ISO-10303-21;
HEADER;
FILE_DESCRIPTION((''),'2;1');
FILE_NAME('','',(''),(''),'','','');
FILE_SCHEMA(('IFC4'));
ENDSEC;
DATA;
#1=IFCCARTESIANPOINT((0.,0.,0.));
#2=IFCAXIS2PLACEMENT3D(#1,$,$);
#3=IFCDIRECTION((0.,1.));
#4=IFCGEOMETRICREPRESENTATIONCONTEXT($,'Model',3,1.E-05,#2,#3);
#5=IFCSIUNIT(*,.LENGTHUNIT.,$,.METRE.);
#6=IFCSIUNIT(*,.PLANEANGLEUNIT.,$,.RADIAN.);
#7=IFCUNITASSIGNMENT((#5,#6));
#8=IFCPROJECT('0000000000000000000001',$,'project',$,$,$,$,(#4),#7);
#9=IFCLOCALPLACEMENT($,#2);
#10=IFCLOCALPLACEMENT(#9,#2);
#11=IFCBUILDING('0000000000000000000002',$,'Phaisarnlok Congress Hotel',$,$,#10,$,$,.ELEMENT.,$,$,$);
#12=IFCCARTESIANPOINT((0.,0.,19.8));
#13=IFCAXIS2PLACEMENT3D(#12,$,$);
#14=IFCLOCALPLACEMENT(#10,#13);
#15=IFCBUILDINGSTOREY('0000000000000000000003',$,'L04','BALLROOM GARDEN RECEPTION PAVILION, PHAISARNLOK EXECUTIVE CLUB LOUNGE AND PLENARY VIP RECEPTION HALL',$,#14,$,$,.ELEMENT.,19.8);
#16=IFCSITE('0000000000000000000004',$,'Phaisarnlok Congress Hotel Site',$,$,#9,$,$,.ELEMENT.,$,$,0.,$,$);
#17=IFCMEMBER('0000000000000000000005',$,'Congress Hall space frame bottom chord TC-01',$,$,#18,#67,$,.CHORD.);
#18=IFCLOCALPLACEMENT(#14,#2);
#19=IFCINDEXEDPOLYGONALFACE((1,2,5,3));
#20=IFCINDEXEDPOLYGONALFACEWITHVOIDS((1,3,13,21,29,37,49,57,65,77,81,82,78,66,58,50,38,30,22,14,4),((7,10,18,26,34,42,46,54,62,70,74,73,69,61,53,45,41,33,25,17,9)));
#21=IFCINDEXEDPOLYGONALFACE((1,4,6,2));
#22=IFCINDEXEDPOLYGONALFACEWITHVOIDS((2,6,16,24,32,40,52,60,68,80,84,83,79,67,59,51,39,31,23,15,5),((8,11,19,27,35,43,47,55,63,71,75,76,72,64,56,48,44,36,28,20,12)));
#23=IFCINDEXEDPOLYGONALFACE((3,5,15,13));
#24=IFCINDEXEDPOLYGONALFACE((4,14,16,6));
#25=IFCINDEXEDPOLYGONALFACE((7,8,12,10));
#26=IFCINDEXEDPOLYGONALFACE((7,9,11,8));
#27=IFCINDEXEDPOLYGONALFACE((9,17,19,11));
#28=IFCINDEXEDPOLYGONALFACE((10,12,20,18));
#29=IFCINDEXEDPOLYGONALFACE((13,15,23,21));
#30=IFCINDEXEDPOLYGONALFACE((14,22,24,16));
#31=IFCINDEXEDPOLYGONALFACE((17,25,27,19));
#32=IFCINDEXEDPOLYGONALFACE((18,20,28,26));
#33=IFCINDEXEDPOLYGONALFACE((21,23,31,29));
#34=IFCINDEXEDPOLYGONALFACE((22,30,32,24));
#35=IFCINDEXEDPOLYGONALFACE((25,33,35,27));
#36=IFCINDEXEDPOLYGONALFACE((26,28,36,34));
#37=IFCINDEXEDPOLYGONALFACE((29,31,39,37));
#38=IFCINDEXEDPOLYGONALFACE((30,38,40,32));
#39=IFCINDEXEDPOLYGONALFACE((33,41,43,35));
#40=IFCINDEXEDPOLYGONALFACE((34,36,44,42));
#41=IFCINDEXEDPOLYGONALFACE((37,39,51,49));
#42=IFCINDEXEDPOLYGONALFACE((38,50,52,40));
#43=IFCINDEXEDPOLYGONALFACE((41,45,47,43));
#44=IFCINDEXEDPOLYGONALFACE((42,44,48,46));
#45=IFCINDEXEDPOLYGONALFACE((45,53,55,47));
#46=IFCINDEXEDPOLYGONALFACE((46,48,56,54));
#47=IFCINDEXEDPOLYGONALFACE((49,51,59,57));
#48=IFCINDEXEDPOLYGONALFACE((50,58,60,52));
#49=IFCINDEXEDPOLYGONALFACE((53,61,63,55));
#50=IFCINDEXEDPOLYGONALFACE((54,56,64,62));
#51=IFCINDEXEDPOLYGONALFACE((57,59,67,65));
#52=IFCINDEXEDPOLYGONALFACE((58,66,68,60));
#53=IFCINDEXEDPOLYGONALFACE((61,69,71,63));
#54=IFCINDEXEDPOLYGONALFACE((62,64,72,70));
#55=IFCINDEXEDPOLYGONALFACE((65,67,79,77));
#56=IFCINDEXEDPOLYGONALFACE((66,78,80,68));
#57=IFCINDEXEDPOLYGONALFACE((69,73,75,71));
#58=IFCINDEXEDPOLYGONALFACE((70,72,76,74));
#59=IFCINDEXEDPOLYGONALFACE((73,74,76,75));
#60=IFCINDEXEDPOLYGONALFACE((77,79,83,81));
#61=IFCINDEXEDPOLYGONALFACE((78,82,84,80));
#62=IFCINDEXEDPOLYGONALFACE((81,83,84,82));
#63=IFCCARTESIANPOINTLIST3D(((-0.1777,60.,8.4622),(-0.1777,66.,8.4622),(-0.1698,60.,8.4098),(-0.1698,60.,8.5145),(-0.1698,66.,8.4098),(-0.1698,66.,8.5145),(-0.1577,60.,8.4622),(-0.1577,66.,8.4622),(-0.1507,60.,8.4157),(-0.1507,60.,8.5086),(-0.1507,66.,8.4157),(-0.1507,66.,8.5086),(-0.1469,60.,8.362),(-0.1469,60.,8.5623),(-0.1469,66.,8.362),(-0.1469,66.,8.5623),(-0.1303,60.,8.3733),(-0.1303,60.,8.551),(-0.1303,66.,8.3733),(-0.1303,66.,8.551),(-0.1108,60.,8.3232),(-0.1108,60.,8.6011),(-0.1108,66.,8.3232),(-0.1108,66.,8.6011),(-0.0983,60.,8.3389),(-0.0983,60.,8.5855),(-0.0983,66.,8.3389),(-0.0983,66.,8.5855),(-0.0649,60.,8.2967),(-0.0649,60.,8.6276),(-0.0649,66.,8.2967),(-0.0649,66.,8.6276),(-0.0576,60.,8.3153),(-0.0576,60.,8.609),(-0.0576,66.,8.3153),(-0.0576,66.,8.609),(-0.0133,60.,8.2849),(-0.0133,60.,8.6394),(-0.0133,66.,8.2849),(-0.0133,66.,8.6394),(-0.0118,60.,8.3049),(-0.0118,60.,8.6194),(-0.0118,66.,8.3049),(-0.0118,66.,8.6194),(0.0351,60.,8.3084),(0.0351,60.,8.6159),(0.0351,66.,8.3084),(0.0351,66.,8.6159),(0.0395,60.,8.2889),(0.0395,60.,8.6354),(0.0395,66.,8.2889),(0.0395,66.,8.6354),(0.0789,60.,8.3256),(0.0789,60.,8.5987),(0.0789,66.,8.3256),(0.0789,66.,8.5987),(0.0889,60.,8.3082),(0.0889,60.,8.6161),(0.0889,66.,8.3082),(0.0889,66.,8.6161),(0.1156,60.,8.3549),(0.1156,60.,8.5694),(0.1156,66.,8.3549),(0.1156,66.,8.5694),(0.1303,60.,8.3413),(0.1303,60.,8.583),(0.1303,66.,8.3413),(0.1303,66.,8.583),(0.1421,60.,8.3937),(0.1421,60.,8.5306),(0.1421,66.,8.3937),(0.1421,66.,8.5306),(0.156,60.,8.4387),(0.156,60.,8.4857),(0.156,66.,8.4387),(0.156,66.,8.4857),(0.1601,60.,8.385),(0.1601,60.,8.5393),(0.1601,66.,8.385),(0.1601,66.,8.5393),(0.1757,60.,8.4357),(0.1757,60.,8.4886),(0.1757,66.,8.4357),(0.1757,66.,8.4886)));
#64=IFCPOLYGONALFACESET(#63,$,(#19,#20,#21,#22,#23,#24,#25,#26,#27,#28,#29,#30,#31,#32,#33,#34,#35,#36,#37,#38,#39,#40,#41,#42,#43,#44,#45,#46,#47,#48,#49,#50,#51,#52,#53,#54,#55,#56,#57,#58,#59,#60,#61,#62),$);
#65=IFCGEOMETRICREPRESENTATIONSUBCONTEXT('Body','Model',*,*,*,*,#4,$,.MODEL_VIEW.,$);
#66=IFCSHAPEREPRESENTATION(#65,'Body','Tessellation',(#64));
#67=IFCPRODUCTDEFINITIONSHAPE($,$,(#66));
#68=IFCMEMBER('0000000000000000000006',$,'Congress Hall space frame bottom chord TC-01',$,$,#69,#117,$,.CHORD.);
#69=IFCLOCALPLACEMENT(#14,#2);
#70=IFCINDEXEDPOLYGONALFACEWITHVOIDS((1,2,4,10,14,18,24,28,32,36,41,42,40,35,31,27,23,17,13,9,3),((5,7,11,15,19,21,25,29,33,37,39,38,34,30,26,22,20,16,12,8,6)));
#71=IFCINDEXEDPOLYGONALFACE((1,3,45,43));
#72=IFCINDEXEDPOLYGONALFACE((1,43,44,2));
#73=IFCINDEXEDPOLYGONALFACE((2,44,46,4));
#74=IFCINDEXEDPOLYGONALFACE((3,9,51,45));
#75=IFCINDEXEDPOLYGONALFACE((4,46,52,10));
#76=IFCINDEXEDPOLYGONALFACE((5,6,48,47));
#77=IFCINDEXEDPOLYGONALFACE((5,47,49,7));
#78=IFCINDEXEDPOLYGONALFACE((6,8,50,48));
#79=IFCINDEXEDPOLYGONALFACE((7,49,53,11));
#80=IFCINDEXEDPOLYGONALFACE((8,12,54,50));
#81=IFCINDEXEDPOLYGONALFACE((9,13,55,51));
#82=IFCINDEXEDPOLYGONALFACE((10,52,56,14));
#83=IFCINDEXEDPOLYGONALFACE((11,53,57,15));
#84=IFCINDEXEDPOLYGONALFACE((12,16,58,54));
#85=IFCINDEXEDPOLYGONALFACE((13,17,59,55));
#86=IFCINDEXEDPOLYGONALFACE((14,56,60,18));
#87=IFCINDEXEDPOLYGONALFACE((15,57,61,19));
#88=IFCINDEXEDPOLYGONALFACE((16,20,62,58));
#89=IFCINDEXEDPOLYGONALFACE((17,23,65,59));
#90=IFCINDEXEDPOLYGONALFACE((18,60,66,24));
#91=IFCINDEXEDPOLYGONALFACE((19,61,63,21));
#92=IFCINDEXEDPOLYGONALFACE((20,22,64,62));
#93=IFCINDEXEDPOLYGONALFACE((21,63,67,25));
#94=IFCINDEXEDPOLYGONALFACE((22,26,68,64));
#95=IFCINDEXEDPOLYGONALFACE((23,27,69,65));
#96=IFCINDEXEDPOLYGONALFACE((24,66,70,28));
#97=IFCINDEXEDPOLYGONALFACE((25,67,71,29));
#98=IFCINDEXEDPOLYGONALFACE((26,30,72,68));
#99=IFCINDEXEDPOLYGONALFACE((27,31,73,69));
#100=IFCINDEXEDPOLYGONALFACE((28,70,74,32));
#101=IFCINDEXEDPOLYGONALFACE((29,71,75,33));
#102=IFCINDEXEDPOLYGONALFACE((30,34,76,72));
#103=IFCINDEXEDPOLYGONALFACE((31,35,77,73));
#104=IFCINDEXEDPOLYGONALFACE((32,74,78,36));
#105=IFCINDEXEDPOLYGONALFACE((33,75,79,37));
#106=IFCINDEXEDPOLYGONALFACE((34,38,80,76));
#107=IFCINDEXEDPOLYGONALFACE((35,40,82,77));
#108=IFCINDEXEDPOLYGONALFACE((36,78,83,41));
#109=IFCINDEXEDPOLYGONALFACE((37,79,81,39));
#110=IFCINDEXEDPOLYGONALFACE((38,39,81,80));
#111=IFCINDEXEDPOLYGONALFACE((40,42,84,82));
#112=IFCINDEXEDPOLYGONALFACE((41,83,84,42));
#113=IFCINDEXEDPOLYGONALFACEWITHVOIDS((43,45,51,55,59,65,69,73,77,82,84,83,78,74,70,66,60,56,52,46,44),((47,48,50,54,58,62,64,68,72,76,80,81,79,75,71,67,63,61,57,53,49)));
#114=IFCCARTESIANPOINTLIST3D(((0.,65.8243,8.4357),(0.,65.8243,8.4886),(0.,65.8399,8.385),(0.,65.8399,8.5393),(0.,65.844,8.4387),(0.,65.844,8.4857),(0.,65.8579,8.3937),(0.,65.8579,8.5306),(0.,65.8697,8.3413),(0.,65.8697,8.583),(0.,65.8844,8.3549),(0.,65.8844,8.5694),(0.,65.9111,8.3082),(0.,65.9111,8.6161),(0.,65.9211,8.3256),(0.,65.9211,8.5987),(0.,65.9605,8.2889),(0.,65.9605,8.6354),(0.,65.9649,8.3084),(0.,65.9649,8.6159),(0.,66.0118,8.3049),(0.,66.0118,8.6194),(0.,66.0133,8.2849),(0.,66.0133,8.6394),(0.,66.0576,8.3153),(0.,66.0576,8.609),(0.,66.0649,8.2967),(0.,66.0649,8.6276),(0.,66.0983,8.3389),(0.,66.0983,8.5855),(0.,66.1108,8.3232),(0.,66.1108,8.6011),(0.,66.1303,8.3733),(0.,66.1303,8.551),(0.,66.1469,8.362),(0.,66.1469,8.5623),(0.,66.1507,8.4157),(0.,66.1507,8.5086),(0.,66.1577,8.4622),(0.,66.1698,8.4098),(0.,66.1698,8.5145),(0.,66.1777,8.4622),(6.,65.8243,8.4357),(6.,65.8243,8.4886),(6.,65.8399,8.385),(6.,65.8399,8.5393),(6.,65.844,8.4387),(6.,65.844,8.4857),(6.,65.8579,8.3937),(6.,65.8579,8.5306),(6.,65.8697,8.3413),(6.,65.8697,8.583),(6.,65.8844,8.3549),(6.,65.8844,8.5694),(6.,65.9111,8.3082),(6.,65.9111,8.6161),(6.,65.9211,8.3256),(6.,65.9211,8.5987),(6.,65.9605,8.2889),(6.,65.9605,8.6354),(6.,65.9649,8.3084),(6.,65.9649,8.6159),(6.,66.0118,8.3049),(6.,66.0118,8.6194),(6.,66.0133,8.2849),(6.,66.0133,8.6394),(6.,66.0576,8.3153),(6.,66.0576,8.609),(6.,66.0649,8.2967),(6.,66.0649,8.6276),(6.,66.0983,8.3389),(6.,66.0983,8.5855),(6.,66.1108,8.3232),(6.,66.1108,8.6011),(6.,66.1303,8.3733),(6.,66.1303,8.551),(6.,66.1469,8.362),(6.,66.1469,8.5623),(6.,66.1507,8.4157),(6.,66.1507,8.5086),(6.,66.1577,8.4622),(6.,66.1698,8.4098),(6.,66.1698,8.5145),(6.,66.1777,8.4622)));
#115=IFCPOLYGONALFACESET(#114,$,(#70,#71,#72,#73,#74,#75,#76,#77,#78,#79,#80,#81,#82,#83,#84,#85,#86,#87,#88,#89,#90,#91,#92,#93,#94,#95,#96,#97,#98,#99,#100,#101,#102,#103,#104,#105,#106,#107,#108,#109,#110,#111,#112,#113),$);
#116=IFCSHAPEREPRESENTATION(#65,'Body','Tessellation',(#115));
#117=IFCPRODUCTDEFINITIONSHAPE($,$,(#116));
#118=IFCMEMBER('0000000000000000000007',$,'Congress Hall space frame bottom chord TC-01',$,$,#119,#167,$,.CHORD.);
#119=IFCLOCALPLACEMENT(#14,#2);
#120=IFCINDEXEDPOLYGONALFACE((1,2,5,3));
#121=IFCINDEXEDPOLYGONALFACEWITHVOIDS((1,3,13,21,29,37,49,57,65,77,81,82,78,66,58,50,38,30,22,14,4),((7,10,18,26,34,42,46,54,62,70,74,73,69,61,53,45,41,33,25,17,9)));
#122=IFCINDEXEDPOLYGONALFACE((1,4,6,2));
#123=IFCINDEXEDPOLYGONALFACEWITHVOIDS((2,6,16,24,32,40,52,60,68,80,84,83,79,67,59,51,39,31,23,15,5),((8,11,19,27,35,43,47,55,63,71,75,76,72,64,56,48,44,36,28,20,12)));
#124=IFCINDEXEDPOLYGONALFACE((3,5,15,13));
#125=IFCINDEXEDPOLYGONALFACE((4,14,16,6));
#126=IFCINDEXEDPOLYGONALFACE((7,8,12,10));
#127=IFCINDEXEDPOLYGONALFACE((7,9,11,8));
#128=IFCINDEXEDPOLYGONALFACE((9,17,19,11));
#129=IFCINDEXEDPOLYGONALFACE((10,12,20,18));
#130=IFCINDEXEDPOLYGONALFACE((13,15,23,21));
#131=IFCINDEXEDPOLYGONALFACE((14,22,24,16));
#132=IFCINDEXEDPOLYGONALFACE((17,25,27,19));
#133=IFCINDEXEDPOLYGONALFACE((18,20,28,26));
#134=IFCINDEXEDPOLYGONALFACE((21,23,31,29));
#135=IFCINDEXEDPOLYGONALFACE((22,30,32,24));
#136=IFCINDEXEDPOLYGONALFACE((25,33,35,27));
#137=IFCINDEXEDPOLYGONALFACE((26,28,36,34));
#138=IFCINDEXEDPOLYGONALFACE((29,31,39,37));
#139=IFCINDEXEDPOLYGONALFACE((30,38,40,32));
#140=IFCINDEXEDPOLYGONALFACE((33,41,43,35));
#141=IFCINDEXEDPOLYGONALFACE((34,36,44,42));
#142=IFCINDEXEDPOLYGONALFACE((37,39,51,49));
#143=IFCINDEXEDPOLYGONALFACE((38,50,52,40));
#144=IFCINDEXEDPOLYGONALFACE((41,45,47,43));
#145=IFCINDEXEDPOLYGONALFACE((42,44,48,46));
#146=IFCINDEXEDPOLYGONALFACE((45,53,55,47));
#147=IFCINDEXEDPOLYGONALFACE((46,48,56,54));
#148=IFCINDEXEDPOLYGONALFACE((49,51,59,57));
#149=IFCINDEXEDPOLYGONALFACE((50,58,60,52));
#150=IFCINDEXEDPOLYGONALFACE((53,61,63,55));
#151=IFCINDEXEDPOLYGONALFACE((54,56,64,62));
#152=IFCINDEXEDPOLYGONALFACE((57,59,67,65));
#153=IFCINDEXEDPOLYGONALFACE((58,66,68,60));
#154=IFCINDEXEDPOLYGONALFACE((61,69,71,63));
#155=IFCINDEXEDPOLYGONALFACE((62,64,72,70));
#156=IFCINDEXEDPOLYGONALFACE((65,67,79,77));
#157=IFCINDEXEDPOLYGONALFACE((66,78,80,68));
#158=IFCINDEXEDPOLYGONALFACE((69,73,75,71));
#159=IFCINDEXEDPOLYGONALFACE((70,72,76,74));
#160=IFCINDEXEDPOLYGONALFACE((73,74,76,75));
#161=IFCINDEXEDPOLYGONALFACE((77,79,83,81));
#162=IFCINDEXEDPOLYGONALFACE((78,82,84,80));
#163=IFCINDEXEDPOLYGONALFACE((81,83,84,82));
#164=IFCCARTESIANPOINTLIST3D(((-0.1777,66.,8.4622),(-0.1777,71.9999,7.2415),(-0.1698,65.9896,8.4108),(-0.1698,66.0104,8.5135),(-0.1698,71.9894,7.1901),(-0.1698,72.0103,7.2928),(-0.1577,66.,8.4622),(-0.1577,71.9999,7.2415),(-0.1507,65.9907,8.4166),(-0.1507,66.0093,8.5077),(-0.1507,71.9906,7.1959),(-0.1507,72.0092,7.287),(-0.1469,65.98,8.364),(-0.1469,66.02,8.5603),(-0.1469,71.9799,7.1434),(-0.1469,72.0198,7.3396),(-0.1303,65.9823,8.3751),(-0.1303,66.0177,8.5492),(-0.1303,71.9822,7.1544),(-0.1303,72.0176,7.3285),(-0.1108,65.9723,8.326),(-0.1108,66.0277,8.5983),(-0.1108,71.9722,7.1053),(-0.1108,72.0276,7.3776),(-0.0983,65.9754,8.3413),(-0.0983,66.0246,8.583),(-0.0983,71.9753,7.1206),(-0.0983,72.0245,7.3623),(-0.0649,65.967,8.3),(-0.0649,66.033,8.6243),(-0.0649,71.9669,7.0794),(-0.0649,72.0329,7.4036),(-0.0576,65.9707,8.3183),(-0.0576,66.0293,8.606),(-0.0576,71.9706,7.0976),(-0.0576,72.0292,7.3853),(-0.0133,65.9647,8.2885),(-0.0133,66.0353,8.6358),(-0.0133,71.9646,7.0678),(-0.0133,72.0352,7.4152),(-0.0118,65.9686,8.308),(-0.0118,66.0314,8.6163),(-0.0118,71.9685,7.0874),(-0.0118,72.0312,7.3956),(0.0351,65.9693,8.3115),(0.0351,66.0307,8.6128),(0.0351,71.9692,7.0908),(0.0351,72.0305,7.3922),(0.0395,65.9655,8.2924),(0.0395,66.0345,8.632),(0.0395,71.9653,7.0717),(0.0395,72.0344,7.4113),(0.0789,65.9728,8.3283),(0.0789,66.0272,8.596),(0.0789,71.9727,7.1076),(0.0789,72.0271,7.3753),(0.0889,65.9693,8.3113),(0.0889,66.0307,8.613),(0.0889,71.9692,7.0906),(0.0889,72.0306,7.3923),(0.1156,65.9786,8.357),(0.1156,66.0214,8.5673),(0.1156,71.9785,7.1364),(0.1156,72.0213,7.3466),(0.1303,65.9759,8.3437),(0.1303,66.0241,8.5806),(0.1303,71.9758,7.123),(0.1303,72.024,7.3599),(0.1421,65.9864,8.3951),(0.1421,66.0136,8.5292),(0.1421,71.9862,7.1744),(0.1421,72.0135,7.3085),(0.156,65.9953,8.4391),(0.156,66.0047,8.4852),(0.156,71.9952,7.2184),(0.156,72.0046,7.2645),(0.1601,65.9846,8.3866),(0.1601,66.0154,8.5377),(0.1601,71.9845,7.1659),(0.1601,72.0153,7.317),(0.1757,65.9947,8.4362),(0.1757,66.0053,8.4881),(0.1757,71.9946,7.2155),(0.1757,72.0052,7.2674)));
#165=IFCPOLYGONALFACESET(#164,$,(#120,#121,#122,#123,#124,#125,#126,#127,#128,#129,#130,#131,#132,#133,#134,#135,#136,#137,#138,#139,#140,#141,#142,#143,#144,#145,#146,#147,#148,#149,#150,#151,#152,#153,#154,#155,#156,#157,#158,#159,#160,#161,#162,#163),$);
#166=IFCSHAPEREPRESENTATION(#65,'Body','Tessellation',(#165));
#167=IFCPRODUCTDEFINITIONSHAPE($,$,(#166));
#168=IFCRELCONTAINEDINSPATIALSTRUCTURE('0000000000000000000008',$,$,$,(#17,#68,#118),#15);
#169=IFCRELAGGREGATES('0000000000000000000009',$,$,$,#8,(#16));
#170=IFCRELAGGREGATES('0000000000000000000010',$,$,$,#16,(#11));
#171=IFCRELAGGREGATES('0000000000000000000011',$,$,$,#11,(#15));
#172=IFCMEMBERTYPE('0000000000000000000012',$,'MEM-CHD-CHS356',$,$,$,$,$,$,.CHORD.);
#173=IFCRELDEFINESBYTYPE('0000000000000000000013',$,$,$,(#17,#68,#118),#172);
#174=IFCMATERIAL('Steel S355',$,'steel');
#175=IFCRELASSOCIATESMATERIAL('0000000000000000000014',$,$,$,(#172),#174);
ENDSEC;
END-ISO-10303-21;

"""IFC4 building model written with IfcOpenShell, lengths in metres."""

from ifc_helpers import new_model, si_unit, direction, frame, origin, origin_2d, place, context, subcontext, project, spatial, hollow_circle, extrude, material, material_profile, profile_set, type_object, element, save


model = new_model("IFC4")

# Units and contexts
model_context = context("Model", 3, precision=1e-05, world=origin(), true_north=direction((0.0, 1.0)))
body_context = subcontext(model_context, "Body", "Model", "MODEL_VIEW")
ifc_project = project(units=[si_unit("LENGTHUNIT", "METRE"), si_unit("PLANEANGLEUNIT", "RADIAN")], contexts=[model_context])

# Site, building, storey
site_placement = place(None, origin())
site = spatial("IfcSite", under=ifc_project, at=site_placement, Name="Phaisarnlok Congress Hotel Site", CompositionType="ELEMENT", RefElevation=0.0)
building_placement = place(site_placement, origin())
building = spatial("IfcBuilding", under=site, at=building_placement, Name="Phaisarnlok Congress Hotel", CompositionType="ELEMENT")
storey_placement = place(building_placement, frame((0.0, 0.0, 19.8)))
storey = spatial("IfcBuildingStorey", under=building, at=storey_placement, Name="L04", Description="BALLROOM GARDEN RECEPTION PAVILION, PHAISARNLOK EXECUTIVE CLUB LOUNGE AND PLENARY VIP RECEPTION HALL", CompositionType="ELEMENT", Elevation=19.8)

# Members
ifc_material = material(Name="Steel S355", Category="steel")
ifc_material_profile_1 = material_profile(ifc_material, hollow_circle(Radius=0.1777, WallThickness=0.02, at=origin_2d()), Name="CHS 355.6x20")
ifc_profile_set_1 = profile_set([ifc_material_profile_1], Name="Steel S355")
member_type_1 = type_object("IfcMemberType", Name="MEM-CHD-CHS356", PredefinedType="CHORD", material=ifc_profile_set_1)
for number, where, z_axis, x_axis, name in (
    (1, (0.0, 60.0, 8.4622), (0.0, 1.0, 0.0), (-1.0, 0.0, 0.0), "Congress Hall space frame bottom chord TC-01"),
    (2, (0.0, 66.0, 8.4622), (1.0, 0.0, 0.0), (0.0, 1.0, 0.0), "Congress Hall space frame bottom chord TC-01"),
):
    element("IfcMember", number, at=place(storey_placement, frame(where, z_axis=z_axis, x_axis=x_axis)), inside=storey, type_object=member_type_1, Name=name, PredefinedType="CHORD", context=body_context, shape_type="SweptSolid", body=[
        extrude(hollow_circle(Radius=0.1777, WallThickness=0.02, at=origin_2d()), origin(), (0.0, 0.0, 1.0), 6.0),
    ])
member_1_placement = place(storey_placement, frame((0.0, 66.0, 8.4622), z_axis=(0.0, 0.979925, -0.199366), x_axis=(-1.0, 0.0, 0.0)))
element("IfcMember", 3, at=member_1_placement, inside=storey, type_object=member_type_1, Name="Congress Hall space frame bottom chord TC-01", PredefinedType="CHORD", context=body_context, shape_type="SweptSolid", body=[
    extrude(hollow_circle(Radius=0.1777, WallThickness=0.02, at=origin_2d()), origin(), (0.0, 0.0, 1.0), 6.1228),
])

save(model, "model.ifc")
